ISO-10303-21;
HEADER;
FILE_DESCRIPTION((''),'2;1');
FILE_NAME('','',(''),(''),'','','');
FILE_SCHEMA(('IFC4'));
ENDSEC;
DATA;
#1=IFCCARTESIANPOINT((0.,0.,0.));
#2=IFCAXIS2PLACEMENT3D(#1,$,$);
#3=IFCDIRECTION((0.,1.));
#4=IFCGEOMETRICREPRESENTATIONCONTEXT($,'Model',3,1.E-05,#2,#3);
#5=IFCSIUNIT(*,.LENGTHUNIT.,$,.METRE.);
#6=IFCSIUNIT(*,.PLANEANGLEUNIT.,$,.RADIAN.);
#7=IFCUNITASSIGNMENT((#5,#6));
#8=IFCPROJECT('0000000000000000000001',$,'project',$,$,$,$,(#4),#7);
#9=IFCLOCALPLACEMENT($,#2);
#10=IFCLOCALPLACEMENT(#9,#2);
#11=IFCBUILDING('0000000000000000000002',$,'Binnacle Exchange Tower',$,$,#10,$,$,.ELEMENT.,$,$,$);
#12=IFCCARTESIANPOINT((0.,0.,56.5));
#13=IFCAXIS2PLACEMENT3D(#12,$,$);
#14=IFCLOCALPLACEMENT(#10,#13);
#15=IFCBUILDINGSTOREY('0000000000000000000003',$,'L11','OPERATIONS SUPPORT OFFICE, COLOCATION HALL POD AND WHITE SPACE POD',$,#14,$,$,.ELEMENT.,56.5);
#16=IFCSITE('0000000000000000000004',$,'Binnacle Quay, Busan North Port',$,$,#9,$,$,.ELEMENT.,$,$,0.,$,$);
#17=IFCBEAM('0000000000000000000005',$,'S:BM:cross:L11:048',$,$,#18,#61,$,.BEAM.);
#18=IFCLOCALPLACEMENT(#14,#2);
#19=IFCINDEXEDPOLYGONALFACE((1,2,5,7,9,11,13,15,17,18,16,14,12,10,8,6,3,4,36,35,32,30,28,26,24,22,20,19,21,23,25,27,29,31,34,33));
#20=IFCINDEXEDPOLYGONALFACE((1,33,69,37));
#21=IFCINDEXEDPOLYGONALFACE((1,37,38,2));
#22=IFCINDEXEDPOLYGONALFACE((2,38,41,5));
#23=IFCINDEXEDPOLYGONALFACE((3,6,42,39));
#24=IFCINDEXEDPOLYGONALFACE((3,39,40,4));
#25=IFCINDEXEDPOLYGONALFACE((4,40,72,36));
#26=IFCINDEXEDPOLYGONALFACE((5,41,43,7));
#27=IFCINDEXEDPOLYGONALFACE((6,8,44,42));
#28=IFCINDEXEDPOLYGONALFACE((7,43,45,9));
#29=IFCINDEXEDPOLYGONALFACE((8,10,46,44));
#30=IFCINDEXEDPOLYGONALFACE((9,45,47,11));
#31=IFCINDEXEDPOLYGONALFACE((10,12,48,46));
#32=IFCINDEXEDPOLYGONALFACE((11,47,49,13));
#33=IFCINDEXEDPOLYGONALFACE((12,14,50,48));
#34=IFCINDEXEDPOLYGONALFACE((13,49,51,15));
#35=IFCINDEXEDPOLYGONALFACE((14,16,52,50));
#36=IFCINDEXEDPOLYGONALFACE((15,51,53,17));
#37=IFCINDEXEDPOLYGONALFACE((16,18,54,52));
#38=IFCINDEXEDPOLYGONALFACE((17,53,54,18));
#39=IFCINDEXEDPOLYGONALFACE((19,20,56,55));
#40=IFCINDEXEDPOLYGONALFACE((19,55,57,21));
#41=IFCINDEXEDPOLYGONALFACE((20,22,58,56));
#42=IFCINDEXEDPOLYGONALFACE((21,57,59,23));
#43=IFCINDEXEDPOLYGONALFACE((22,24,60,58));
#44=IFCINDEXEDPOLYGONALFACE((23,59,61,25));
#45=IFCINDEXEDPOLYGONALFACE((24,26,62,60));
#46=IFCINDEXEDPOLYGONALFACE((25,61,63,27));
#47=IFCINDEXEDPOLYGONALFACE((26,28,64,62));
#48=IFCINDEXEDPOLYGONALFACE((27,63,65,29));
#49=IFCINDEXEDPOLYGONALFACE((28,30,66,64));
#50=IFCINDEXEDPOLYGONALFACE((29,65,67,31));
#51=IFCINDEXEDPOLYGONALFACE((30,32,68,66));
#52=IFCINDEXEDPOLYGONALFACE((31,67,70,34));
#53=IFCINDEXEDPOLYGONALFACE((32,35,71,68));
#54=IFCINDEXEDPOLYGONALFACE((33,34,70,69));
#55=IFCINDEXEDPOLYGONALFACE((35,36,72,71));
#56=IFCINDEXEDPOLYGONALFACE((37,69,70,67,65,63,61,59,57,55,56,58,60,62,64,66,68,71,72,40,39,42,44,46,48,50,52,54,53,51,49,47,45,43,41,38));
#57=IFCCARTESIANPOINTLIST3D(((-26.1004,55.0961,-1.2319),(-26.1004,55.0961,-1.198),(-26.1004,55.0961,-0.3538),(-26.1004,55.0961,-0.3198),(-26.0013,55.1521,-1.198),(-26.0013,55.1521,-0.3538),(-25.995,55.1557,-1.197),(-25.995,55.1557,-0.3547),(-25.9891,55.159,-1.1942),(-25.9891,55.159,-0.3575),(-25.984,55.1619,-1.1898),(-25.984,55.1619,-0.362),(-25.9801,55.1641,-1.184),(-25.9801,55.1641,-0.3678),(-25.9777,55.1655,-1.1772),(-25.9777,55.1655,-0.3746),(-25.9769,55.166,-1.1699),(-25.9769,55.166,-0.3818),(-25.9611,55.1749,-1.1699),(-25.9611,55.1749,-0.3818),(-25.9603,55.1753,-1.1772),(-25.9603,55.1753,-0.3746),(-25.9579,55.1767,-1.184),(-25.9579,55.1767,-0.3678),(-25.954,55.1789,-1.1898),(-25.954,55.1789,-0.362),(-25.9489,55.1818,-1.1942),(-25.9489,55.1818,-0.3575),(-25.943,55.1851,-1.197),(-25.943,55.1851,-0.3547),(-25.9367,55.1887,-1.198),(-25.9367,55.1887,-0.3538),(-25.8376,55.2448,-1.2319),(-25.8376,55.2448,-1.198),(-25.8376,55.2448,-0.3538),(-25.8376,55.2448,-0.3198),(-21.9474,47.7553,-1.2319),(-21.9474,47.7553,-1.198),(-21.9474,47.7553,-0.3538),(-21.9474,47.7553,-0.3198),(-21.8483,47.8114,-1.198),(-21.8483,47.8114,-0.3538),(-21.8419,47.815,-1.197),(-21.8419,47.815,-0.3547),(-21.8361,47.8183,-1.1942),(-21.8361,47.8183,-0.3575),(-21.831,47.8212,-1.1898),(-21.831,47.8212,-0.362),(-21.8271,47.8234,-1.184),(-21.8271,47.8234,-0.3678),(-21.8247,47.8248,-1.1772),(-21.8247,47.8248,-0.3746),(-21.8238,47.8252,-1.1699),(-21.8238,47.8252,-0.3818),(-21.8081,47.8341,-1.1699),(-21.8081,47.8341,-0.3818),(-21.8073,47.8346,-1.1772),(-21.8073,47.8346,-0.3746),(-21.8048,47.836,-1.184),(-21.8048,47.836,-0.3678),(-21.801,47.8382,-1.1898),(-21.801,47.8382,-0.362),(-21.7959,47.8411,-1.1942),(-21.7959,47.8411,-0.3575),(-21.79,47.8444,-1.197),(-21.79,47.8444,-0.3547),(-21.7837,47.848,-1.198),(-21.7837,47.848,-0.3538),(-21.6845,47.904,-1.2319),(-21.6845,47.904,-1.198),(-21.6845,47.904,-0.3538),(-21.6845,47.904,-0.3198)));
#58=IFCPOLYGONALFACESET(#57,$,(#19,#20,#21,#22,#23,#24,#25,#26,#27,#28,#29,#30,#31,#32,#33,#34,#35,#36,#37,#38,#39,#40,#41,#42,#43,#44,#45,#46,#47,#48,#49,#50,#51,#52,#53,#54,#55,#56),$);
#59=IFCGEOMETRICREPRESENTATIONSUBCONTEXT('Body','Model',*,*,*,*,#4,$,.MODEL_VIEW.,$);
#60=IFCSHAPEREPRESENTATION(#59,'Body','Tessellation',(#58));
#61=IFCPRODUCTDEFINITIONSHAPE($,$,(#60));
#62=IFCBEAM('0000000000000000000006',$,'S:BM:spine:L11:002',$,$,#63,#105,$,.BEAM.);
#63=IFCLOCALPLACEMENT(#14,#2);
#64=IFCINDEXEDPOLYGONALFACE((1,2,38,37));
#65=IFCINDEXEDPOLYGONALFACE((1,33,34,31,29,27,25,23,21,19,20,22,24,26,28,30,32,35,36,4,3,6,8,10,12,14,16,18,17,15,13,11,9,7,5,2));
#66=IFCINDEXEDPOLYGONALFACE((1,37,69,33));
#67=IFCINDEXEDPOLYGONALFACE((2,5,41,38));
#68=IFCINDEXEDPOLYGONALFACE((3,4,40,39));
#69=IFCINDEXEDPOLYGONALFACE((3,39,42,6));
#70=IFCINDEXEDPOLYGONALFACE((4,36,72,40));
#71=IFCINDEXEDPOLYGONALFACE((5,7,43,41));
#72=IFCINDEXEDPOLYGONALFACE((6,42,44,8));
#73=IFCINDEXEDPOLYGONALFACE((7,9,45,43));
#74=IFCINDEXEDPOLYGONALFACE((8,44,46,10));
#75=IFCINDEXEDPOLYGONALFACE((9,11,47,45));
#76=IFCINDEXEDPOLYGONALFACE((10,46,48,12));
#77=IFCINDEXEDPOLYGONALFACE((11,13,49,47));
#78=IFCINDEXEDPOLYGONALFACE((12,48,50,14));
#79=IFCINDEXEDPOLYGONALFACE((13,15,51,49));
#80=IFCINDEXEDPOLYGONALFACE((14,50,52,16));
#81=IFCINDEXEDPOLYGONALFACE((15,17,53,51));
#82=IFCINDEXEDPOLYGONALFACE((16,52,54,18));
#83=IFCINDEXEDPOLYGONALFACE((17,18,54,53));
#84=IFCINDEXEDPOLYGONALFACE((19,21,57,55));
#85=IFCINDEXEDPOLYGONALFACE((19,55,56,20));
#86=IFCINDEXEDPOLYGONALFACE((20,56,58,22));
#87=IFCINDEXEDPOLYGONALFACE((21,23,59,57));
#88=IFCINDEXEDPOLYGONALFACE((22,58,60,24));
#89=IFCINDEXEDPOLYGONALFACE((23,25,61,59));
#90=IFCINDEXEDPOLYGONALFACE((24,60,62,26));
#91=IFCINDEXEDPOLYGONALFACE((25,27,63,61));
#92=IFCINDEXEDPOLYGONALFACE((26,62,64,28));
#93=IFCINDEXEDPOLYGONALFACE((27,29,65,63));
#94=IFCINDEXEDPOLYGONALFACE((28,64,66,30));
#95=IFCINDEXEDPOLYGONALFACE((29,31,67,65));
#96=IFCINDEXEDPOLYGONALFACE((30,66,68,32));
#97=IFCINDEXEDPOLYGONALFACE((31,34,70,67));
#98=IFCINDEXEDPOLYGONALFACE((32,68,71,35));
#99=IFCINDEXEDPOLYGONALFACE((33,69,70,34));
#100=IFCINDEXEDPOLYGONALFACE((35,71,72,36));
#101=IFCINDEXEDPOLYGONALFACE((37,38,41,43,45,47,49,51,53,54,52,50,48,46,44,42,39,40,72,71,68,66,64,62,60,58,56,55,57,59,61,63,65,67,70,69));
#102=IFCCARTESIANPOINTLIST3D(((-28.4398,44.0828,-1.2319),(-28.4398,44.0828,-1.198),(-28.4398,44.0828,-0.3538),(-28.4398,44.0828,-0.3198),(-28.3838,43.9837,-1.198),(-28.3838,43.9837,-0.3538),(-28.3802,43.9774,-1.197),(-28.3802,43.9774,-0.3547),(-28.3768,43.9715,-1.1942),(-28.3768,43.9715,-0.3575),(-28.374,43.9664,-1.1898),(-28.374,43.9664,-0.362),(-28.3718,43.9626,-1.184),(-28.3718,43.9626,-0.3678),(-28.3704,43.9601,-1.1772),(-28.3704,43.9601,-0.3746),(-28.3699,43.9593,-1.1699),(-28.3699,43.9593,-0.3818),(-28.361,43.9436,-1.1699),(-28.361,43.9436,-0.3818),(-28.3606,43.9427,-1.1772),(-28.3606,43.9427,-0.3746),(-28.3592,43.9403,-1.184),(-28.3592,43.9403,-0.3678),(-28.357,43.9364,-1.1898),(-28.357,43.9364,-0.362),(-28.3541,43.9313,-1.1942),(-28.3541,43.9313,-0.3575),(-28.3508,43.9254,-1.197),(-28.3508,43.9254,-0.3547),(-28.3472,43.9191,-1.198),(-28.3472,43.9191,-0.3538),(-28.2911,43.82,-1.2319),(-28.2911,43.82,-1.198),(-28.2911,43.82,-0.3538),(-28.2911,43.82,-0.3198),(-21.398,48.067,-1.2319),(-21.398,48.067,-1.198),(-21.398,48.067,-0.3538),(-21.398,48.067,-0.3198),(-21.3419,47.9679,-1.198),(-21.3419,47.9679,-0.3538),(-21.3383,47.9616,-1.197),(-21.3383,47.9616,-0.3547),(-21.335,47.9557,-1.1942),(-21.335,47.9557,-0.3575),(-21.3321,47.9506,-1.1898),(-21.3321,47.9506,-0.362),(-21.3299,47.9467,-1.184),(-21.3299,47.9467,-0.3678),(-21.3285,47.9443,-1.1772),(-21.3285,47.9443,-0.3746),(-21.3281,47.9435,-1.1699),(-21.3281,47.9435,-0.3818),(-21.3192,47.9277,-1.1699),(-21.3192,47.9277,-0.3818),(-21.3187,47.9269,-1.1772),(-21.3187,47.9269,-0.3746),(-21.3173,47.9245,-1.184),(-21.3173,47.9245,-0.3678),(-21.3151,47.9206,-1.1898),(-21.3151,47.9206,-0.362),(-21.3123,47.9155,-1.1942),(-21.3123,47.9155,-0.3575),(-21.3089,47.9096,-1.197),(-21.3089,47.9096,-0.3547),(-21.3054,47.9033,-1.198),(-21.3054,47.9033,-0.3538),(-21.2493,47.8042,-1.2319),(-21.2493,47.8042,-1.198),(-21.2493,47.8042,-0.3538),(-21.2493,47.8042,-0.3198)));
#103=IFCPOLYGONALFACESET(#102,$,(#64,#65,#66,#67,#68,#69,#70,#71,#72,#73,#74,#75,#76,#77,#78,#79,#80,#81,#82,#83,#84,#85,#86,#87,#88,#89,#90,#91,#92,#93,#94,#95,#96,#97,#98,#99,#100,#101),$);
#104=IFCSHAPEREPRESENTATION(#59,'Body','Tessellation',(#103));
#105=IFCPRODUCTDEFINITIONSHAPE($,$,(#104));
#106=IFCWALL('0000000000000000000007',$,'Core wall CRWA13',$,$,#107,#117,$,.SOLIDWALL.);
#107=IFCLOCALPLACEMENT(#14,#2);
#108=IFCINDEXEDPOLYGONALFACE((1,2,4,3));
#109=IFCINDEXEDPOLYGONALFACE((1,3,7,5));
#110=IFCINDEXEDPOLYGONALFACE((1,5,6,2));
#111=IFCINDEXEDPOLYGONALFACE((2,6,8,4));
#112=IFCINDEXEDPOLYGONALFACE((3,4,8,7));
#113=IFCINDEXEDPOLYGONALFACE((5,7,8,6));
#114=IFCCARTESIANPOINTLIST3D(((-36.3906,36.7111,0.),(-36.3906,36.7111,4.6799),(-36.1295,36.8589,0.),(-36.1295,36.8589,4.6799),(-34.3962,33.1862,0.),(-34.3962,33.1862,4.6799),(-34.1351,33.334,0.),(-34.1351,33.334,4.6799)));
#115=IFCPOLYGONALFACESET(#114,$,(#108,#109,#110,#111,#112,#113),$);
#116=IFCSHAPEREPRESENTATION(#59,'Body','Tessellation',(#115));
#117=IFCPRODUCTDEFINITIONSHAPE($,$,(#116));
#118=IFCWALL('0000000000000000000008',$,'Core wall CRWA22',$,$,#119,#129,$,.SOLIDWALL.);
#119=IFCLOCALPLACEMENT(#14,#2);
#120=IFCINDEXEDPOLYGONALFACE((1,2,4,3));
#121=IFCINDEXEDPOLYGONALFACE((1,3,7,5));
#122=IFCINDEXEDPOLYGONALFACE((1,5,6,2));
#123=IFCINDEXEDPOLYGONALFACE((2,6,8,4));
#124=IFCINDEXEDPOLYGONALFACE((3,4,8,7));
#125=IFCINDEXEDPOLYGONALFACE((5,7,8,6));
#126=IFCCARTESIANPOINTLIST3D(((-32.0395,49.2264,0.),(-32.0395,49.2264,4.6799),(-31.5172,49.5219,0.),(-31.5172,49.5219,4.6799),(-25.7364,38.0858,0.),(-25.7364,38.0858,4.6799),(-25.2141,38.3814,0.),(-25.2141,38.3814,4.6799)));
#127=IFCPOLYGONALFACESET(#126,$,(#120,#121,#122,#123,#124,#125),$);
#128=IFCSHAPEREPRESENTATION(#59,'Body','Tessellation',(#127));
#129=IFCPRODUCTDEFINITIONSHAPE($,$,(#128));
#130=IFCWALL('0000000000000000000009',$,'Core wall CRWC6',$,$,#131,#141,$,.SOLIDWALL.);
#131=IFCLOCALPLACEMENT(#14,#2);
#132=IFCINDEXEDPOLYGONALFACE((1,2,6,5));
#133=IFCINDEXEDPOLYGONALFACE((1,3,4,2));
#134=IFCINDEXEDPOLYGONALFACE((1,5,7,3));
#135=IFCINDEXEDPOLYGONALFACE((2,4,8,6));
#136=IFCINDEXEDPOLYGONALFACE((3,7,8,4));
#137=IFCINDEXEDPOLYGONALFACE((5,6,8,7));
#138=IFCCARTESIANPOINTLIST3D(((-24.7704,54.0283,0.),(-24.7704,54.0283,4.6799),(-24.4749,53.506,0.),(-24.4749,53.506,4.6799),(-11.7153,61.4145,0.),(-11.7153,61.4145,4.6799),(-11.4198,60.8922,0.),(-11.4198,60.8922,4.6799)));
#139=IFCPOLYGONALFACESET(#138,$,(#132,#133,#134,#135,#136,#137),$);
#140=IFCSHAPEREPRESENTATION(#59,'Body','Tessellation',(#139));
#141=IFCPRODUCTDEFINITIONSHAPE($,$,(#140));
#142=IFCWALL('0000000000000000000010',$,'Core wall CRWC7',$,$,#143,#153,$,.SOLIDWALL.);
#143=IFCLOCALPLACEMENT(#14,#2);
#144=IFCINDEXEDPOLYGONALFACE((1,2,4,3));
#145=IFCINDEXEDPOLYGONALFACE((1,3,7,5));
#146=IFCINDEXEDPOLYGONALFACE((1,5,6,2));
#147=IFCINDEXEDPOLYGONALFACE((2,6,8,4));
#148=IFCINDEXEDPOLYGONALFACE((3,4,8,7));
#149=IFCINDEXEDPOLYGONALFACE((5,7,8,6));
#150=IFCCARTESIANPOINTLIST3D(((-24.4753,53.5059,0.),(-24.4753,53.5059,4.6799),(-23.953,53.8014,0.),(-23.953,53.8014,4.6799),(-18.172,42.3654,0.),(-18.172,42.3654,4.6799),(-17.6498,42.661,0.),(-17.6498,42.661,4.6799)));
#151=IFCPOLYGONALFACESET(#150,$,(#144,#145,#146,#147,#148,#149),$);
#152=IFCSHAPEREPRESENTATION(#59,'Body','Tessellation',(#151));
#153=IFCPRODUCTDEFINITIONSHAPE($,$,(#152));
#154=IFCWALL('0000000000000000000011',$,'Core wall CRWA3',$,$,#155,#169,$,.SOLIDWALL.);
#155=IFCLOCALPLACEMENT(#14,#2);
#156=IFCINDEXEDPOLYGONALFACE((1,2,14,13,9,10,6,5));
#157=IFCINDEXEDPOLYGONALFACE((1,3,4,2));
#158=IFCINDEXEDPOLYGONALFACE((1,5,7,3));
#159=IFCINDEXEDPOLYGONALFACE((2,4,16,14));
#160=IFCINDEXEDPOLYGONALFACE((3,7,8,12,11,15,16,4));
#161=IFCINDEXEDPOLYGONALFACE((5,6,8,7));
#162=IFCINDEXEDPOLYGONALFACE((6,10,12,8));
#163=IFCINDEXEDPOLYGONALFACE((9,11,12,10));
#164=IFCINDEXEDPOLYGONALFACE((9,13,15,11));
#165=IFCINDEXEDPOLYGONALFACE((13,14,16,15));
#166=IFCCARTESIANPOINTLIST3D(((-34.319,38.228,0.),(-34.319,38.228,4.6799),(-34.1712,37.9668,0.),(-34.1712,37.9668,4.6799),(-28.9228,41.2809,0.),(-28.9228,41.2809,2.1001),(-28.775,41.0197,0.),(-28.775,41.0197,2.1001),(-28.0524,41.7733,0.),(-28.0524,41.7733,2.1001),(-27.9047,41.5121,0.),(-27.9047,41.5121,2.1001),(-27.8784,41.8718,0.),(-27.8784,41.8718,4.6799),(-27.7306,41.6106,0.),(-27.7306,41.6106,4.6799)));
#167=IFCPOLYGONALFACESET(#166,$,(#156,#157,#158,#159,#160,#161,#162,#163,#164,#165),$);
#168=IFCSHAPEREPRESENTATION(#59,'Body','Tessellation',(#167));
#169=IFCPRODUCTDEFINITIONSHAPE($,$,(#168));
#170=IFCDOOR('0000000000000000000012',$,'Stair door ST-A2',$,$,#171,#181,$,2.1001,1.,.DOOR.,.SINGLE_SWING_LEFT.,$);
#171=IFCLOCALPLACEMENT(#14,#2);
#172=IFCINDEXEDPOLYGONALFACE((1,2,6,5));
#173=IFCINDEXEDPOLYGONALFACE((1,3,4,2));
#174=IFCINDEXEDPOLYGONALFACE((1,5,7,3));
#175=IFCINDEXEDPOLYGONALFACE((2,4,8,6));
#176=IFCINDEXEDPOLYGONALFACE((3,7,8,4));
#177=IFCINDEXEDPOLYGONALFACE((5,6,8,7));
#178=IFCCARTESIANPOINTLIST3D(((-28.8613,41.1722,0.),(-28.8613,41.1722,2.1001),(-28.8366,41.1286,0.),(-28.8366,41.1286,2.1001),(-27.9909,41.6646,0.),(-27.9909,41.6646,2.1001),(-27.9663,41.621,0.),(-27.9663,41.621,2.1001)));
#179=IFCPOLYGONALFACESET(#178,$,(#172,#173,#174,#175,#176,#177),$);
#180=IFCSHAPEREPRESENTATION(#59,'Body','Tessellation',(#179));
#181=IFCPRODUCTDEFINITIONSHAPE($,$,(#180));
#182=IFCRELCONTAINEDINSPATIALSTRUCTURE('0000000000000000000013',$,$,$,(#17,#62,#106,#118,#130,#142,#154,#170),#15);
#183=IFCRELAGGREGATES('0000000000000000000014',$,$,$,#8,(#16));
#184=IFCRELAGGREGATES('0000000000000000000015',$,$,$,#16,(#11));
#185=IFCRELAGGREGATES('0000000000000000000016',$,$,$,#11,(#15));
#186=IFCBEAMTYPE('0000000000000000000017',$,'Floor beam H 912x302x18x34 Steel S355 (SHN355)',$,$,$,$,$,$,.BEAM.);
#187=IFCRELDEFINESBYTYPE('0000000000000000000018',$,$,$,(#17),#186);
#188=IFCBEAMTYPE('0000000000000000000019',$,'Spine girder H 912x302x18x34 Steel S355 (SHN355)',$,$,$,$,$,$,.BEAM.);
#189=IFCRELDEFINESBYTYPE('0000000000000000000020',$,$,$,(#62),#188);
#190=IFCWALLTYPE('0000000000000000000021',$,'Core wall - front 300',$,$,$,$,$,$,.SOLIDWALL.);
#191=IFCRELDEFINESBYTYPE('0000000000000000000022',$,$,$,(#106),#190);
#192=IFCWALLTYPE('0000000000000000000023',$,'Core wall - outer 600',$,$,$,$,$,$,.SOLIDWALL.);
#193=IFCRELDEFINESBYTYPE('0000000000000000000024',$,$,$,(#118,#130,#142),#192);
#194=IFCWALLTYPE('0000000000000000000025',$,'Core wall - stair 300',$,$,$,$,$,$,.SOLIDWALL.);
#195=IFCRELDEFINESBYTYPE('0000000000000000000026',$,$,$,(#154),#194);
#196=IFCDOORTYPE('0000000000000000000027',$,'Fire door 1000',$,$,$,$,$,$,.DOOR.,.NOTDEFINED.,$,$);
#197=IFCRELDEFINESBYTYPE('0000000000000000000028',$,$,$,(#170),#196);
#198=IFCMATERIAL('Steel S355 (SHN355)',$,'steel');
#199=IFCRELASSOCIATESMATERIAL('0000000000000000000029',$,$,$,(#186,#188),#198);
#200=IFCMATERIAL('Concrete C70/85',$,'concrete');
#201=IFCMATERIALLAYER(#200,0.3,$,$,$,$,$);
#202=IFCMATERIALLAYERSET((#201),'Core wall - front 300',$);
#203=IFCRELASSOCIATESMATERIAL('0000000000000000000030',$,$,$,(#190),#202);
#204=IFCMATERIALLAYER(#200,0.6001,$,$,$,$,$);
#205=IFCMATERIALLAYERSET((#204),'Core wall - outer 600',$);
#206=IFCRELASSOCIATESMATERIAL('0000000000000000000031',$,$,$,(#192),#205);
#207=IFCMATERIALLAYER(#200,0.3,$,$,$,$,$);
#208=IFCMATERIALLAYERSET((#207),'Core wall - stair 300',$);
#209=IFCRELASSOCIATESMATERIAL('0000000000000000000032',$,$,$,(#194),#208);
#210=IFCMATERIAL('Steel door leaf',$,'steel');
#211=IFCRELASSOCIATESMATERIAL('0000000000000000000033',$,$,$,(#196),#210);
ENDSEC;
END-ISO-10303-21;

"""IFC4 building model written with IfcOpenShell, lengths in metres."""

from ifc_helpers import new_model, si_unit, direction, frame, frame_2d, origin, origin_2d, place, context, subcontext, project, spatial, rectangle, i_section, extrude, material, layer, layer_set, material_profile, profile_set, type_object, element, fill, save


model = new_model("IFC4")

# Units and contexts
model_context = context("Model", 3, precision=1e-05, world=origin(), true_north=direction((0.0, 1.0)))
body_context = subcontext(model_context, "Body", "Model", "MODEL_VIEW")
ifc_project = project(units=[si_unit("LENGTHUNIT", "METRE"), si_unit("PLANEANGLEUNIT", "RADIAN")], contexts=[model_context])

# Site, building, storey
site_placement = place(None, origin())
site = spatial("IfcSite", under=ifc_project, at=site_placement, Name="Binnacle Quay, Busan North Port", CompositionType="ELEMENT", RefElevation=0.0)
building_placement = place(site_placement, origin())
building = spatial("IfcBuilding", under=site, at=building_placement, Name="Binnacle Exchange Tower", CompositionType="ELEMENT")
storey_placement = place(building_placement, frame((0.0, 0.0, 56.5)))
storey = spatial("IfcBuildingStorey", under=building, at=storey_placement, Name="L11", Description="OPERATIONS SUPPORT OFFICE, COLOCATION HALL POD AND WHITE SPACE POD", CompositionType="ELEMENT", Elevation=56.5)

# Shared definitions
ifc_material_1 = material(Name="Concrete C70/85", Category="concrete")

# Beams
ifc_material_2 = material(Name="Steel S355 (SHN355)", Category="steel")
ifc_material_profile_1 = material_profile(ifc_material_2, i_section(OverallWidth=0.302, OverallDepth=0.9121, WebThickness=0.0181, FlangeThickness=0.0339, FilletRadius=0.0281, at=origin_2d()), Name="H 912x302x18x34")
ifc_profile_set_1 = profile_set([ifc_material_profile_1], Name="Steel S355 (SHN355)")
beam_type_1 = type_object("IfcBeamType", Name="Floor beam H 912x302x18x34 Steel S355 (SHN355)", PredefinedType="BEAM", material=ifc_profile_set_1)
beam_1_placement = place(storey_placement, frame((-25.969, 55.1704, -0.7759), z_axis=(0.492409, -0.870364, 0.0), x_axis=(0.870364, 0.492409, 0.0)))
element("IfcBeam", 1, at=beam_1_placement, inside=storey, type_object=beam_type_1, Name="S:BM:cross:L11:048", PredefinedType="BEAM", context=body_context, shape_type="SweptSolid", body=[
    extrude(i_section(OverallWidth=0.302, OverallDepth=0.9121, WebThickness=0.0181, FlangeThickness=0.0339, FilletRadius=0.0281, at=origin_2d()), origin(), (0.0, 0.0, 1.0), 8.4341),
])
ifc_material_profile_2 = material_profile(ifc_material_2, i_section(OverallWidth=0.302, OverallDepth=0.9121, WebThickness=0.0181, FlangeThickness=0.0339, FilletRadius=0.0281, at=origin_2d()), Name="H 912x302x18x34")
ifc_profile_set_2 = profile_set([ifc_material_profile_2], Name="Steel S355 (SHN355)")
beam_type_2 = type_object("IfcBeamType", Name="Spine girder H 912x302x18x34 Steel S355 (SHN355)", PredefinedType="BEAM", material=ifc_profile_set_2)
beam_2_placement = place(storey_placement, frame((-28.3655, 43.9514, -0.7759), z_axis=(0.87035, 0.492433, 0.0), x_axis=(-0.492433, 0.87035, 0.0)))
element("IfcBeam", 2, at=beam_2_placement, inside=storey, type_object=beam_type_2, Name="S:BM:spine:L11:002", PredefinedType="BEAM", context=body_context, shape_type="SweptSolid", body=[
    extrude(i_section(OverallWidth=0.302, OverallDepth=0.9121, WebThickness=0.0181, FlangeThickness=0.0339, FilletRadius=0.0281, at=origin_2d()), origin(), (0.0, 0.0, 1.0), 8.0908),
])

# Walls
ifc_layer_1 = layer(ifc_material_1, 0.3)
ifc_layer_set_1 = layer_set([ifc_layer_1], Name="Core wall - front 300")
wall_type_1 = type_object("IfcWallType", Name="Core wall - front 300", PredefinedType="SOLIDWALL", material=ifc_layer_set_1)
wall_1_placement = place(storey_placement, frame((-36.26, 36.7849, 0.0), z_axis=(0.0, 0.0, 1.0), x_axis=(0.492441, -0.870346, 0.0)))
element("IfcWall", 3, at=wall_1_placement, inside=storey, type_object=wall_type_1, Name="Core wall CRWA13", PredefinedType="SOLIDWALL", context=body_context, shape_type="SweptSolid", body=[
    extrude(rectangle(XDim=4.05, YDim=0.3, at=frame_2d((2.0249, 0.0))), origin(), (0.0, 0.0, 1.0), 4.6799),
])
ifc_layer_2 = layer(ifc_material_1, 0.6001)
ifc_layer_set_2 = layer_set([ifc_layer_2], Name="Core wall - outer 600")
wall_type_2 = type_object("IfcWallType", Name="Core wall - outer 600", PredefinedType="SOLIDWALL", material=ifc_layer_set_2)
wall_2_placement = place(storey_placement, frame((-31.7783, 49.374, 0.0), z_axis=(0.0, 0.0, 1.0), x_axis=(0.492433, -0.87035, 0.0)))
element("IfcWall", 4, at=wall_2_placement, inside=storey, type_object=wall_type_2, Name="Core wall CRWA22", PredefinedType="SOLIDWALL", context=body_context, shape_type="SweptSolid", body=[
    extrude(rectangle(XDim=12.8, YDim=0.6001, at=frame_2d((6.3999, 0.0))), origin(), (0.0, 0.0, 1.0), 4.6799),
])
wall_3_placement = place(storey_placement, frame((-24.6228, 53.7671, 0.0), z_axis=(0.0, 0.0, 1.0), x_axis=(0.870357, 0.492422, 0.0)))
element("IfcWall", 5, at=wall_3_placement, inside=storey, type_object=wall_type_2, Name="Core wall CRWC6", PredefinedType="SOLIDWALL", context=body_context, shape_type="SweptSolid", body=[
    extrude(rectangle(XDim=14.9998, YDim=0.6001, at=frame_2d((7.5, 0.0))), origin(), (0.0, 0.0, 1.0), 4.6799),
])
wall_4_placement = place(storey_placement, frame((-24.2141, 53.6536, 0.0), z_axis=(0.0, 0.0, 1.0), x_axis=(0.492441, -0.870346, 0.0)))
element("IfcWall", 6, at=wall_4_placement, inside=storey, type_object=wall_type_2, Name="Core wall CRWC7", PredefinedType="SOLIDWALL", context=body_context, shape_type="SweptSolid", body=[
    extrude(rectangle(XDim=12.8, YDim=0.6001, at=frame_2d((6.3999, 0.0))), origin(), (0.0, 0.0, 1.0), 4.6799),
])

# Wall, opening, door
ifc_layer_3 = layer(ifc_material_1, 0.3)
ifc_layer_set_3 = layer_set([ifc_layer_3], Name="Core wall - stair 300")
wall_type_3 = type_object("IfcWallType", Name="Core wall - stair 300", PredefinedType="SOLIDWALL", material=ifc_layer_set_3)
wall_5_placement = place(storey_placement, frame((-34.2451, 38.0974, 0.0), z_axis=(0.0, 0.0, 1.0), x_axis=(0.870365, 0.492407, 0.0)))
wall_5 = element("IfcWall", 7, at=wall_5_placement, inside=storey, type_object=wall_type_3, Name="Core wall CRWA3", PredefinedType="SOLIDWALL", context=body_context, shape_type="SweptSolid", body=[
    extrude(rectangle(XDim=7.3999, YDim=0.3, at=frame_2d((3.7, 0.0))), origin(), (0.0, 0.0, 1.0), 4.6799),
])
opening_1_placement = place(wall_5_placement, frame((6.2, 0.0, 0.0)))
opening_1 = element("IfcOpeningElement", 8, at=opening_1_placement, cuts=wall_5, PredefinedType="OPENING", context=body_context, shape_type="SweptSolid", body=[
    extrude(rectangle(XDim=1.0, YDim=2.1001, at=frame_2d((0.5, 1.05))), frame((0.0, 0.1599, 0.0), z_axis=(0.0, -1.0, 0.0), x_axis=(1.0, 0.0, 0.0)), (0.0, 0.0, 1.0), 0.3201),
])
ifc_material_3 = material(Name="Steel door leaf", Category="steel")
door_type_1 = type_object("IfcDoorType", Name="Fire door 1000", OperationType="NOTDEFINED", PredefinedType="DOOR", material=ifc_material_3)
door_1_placement = place(opening_1_placement, frame((1.0, 0.0, 0.0), z_axis=(0.0, 0.0, 1.0), x_axis=(-1.0, 0.0, 0.0)))
door_1 = element("IfcDoor", 9, at=door_1_placement, inside=storey, type_object=door_type_1, Name="Stair door ST-A2", OperationType="SINGLE_SWING_LEFT", OverallHeight=2.1001, OverallWidth=1.0, PredefinedType="DOOR", context=body_context, shape_type="SweptSolid", body=[
    extrude(rectangle(XDim=1.0, YDim=2.1001, at=frame_2d((0.5, 1.05))), frame((0.0, 0.0249, 0.0), z_axis=(0.0, -1.0, 0.0), x_axis=(1.0, 0.0, 0.0)), (0.0, 0.0, 1.0), 0.05),
])
fill(opening_1, door_1)

save(model, "model.ifc")
